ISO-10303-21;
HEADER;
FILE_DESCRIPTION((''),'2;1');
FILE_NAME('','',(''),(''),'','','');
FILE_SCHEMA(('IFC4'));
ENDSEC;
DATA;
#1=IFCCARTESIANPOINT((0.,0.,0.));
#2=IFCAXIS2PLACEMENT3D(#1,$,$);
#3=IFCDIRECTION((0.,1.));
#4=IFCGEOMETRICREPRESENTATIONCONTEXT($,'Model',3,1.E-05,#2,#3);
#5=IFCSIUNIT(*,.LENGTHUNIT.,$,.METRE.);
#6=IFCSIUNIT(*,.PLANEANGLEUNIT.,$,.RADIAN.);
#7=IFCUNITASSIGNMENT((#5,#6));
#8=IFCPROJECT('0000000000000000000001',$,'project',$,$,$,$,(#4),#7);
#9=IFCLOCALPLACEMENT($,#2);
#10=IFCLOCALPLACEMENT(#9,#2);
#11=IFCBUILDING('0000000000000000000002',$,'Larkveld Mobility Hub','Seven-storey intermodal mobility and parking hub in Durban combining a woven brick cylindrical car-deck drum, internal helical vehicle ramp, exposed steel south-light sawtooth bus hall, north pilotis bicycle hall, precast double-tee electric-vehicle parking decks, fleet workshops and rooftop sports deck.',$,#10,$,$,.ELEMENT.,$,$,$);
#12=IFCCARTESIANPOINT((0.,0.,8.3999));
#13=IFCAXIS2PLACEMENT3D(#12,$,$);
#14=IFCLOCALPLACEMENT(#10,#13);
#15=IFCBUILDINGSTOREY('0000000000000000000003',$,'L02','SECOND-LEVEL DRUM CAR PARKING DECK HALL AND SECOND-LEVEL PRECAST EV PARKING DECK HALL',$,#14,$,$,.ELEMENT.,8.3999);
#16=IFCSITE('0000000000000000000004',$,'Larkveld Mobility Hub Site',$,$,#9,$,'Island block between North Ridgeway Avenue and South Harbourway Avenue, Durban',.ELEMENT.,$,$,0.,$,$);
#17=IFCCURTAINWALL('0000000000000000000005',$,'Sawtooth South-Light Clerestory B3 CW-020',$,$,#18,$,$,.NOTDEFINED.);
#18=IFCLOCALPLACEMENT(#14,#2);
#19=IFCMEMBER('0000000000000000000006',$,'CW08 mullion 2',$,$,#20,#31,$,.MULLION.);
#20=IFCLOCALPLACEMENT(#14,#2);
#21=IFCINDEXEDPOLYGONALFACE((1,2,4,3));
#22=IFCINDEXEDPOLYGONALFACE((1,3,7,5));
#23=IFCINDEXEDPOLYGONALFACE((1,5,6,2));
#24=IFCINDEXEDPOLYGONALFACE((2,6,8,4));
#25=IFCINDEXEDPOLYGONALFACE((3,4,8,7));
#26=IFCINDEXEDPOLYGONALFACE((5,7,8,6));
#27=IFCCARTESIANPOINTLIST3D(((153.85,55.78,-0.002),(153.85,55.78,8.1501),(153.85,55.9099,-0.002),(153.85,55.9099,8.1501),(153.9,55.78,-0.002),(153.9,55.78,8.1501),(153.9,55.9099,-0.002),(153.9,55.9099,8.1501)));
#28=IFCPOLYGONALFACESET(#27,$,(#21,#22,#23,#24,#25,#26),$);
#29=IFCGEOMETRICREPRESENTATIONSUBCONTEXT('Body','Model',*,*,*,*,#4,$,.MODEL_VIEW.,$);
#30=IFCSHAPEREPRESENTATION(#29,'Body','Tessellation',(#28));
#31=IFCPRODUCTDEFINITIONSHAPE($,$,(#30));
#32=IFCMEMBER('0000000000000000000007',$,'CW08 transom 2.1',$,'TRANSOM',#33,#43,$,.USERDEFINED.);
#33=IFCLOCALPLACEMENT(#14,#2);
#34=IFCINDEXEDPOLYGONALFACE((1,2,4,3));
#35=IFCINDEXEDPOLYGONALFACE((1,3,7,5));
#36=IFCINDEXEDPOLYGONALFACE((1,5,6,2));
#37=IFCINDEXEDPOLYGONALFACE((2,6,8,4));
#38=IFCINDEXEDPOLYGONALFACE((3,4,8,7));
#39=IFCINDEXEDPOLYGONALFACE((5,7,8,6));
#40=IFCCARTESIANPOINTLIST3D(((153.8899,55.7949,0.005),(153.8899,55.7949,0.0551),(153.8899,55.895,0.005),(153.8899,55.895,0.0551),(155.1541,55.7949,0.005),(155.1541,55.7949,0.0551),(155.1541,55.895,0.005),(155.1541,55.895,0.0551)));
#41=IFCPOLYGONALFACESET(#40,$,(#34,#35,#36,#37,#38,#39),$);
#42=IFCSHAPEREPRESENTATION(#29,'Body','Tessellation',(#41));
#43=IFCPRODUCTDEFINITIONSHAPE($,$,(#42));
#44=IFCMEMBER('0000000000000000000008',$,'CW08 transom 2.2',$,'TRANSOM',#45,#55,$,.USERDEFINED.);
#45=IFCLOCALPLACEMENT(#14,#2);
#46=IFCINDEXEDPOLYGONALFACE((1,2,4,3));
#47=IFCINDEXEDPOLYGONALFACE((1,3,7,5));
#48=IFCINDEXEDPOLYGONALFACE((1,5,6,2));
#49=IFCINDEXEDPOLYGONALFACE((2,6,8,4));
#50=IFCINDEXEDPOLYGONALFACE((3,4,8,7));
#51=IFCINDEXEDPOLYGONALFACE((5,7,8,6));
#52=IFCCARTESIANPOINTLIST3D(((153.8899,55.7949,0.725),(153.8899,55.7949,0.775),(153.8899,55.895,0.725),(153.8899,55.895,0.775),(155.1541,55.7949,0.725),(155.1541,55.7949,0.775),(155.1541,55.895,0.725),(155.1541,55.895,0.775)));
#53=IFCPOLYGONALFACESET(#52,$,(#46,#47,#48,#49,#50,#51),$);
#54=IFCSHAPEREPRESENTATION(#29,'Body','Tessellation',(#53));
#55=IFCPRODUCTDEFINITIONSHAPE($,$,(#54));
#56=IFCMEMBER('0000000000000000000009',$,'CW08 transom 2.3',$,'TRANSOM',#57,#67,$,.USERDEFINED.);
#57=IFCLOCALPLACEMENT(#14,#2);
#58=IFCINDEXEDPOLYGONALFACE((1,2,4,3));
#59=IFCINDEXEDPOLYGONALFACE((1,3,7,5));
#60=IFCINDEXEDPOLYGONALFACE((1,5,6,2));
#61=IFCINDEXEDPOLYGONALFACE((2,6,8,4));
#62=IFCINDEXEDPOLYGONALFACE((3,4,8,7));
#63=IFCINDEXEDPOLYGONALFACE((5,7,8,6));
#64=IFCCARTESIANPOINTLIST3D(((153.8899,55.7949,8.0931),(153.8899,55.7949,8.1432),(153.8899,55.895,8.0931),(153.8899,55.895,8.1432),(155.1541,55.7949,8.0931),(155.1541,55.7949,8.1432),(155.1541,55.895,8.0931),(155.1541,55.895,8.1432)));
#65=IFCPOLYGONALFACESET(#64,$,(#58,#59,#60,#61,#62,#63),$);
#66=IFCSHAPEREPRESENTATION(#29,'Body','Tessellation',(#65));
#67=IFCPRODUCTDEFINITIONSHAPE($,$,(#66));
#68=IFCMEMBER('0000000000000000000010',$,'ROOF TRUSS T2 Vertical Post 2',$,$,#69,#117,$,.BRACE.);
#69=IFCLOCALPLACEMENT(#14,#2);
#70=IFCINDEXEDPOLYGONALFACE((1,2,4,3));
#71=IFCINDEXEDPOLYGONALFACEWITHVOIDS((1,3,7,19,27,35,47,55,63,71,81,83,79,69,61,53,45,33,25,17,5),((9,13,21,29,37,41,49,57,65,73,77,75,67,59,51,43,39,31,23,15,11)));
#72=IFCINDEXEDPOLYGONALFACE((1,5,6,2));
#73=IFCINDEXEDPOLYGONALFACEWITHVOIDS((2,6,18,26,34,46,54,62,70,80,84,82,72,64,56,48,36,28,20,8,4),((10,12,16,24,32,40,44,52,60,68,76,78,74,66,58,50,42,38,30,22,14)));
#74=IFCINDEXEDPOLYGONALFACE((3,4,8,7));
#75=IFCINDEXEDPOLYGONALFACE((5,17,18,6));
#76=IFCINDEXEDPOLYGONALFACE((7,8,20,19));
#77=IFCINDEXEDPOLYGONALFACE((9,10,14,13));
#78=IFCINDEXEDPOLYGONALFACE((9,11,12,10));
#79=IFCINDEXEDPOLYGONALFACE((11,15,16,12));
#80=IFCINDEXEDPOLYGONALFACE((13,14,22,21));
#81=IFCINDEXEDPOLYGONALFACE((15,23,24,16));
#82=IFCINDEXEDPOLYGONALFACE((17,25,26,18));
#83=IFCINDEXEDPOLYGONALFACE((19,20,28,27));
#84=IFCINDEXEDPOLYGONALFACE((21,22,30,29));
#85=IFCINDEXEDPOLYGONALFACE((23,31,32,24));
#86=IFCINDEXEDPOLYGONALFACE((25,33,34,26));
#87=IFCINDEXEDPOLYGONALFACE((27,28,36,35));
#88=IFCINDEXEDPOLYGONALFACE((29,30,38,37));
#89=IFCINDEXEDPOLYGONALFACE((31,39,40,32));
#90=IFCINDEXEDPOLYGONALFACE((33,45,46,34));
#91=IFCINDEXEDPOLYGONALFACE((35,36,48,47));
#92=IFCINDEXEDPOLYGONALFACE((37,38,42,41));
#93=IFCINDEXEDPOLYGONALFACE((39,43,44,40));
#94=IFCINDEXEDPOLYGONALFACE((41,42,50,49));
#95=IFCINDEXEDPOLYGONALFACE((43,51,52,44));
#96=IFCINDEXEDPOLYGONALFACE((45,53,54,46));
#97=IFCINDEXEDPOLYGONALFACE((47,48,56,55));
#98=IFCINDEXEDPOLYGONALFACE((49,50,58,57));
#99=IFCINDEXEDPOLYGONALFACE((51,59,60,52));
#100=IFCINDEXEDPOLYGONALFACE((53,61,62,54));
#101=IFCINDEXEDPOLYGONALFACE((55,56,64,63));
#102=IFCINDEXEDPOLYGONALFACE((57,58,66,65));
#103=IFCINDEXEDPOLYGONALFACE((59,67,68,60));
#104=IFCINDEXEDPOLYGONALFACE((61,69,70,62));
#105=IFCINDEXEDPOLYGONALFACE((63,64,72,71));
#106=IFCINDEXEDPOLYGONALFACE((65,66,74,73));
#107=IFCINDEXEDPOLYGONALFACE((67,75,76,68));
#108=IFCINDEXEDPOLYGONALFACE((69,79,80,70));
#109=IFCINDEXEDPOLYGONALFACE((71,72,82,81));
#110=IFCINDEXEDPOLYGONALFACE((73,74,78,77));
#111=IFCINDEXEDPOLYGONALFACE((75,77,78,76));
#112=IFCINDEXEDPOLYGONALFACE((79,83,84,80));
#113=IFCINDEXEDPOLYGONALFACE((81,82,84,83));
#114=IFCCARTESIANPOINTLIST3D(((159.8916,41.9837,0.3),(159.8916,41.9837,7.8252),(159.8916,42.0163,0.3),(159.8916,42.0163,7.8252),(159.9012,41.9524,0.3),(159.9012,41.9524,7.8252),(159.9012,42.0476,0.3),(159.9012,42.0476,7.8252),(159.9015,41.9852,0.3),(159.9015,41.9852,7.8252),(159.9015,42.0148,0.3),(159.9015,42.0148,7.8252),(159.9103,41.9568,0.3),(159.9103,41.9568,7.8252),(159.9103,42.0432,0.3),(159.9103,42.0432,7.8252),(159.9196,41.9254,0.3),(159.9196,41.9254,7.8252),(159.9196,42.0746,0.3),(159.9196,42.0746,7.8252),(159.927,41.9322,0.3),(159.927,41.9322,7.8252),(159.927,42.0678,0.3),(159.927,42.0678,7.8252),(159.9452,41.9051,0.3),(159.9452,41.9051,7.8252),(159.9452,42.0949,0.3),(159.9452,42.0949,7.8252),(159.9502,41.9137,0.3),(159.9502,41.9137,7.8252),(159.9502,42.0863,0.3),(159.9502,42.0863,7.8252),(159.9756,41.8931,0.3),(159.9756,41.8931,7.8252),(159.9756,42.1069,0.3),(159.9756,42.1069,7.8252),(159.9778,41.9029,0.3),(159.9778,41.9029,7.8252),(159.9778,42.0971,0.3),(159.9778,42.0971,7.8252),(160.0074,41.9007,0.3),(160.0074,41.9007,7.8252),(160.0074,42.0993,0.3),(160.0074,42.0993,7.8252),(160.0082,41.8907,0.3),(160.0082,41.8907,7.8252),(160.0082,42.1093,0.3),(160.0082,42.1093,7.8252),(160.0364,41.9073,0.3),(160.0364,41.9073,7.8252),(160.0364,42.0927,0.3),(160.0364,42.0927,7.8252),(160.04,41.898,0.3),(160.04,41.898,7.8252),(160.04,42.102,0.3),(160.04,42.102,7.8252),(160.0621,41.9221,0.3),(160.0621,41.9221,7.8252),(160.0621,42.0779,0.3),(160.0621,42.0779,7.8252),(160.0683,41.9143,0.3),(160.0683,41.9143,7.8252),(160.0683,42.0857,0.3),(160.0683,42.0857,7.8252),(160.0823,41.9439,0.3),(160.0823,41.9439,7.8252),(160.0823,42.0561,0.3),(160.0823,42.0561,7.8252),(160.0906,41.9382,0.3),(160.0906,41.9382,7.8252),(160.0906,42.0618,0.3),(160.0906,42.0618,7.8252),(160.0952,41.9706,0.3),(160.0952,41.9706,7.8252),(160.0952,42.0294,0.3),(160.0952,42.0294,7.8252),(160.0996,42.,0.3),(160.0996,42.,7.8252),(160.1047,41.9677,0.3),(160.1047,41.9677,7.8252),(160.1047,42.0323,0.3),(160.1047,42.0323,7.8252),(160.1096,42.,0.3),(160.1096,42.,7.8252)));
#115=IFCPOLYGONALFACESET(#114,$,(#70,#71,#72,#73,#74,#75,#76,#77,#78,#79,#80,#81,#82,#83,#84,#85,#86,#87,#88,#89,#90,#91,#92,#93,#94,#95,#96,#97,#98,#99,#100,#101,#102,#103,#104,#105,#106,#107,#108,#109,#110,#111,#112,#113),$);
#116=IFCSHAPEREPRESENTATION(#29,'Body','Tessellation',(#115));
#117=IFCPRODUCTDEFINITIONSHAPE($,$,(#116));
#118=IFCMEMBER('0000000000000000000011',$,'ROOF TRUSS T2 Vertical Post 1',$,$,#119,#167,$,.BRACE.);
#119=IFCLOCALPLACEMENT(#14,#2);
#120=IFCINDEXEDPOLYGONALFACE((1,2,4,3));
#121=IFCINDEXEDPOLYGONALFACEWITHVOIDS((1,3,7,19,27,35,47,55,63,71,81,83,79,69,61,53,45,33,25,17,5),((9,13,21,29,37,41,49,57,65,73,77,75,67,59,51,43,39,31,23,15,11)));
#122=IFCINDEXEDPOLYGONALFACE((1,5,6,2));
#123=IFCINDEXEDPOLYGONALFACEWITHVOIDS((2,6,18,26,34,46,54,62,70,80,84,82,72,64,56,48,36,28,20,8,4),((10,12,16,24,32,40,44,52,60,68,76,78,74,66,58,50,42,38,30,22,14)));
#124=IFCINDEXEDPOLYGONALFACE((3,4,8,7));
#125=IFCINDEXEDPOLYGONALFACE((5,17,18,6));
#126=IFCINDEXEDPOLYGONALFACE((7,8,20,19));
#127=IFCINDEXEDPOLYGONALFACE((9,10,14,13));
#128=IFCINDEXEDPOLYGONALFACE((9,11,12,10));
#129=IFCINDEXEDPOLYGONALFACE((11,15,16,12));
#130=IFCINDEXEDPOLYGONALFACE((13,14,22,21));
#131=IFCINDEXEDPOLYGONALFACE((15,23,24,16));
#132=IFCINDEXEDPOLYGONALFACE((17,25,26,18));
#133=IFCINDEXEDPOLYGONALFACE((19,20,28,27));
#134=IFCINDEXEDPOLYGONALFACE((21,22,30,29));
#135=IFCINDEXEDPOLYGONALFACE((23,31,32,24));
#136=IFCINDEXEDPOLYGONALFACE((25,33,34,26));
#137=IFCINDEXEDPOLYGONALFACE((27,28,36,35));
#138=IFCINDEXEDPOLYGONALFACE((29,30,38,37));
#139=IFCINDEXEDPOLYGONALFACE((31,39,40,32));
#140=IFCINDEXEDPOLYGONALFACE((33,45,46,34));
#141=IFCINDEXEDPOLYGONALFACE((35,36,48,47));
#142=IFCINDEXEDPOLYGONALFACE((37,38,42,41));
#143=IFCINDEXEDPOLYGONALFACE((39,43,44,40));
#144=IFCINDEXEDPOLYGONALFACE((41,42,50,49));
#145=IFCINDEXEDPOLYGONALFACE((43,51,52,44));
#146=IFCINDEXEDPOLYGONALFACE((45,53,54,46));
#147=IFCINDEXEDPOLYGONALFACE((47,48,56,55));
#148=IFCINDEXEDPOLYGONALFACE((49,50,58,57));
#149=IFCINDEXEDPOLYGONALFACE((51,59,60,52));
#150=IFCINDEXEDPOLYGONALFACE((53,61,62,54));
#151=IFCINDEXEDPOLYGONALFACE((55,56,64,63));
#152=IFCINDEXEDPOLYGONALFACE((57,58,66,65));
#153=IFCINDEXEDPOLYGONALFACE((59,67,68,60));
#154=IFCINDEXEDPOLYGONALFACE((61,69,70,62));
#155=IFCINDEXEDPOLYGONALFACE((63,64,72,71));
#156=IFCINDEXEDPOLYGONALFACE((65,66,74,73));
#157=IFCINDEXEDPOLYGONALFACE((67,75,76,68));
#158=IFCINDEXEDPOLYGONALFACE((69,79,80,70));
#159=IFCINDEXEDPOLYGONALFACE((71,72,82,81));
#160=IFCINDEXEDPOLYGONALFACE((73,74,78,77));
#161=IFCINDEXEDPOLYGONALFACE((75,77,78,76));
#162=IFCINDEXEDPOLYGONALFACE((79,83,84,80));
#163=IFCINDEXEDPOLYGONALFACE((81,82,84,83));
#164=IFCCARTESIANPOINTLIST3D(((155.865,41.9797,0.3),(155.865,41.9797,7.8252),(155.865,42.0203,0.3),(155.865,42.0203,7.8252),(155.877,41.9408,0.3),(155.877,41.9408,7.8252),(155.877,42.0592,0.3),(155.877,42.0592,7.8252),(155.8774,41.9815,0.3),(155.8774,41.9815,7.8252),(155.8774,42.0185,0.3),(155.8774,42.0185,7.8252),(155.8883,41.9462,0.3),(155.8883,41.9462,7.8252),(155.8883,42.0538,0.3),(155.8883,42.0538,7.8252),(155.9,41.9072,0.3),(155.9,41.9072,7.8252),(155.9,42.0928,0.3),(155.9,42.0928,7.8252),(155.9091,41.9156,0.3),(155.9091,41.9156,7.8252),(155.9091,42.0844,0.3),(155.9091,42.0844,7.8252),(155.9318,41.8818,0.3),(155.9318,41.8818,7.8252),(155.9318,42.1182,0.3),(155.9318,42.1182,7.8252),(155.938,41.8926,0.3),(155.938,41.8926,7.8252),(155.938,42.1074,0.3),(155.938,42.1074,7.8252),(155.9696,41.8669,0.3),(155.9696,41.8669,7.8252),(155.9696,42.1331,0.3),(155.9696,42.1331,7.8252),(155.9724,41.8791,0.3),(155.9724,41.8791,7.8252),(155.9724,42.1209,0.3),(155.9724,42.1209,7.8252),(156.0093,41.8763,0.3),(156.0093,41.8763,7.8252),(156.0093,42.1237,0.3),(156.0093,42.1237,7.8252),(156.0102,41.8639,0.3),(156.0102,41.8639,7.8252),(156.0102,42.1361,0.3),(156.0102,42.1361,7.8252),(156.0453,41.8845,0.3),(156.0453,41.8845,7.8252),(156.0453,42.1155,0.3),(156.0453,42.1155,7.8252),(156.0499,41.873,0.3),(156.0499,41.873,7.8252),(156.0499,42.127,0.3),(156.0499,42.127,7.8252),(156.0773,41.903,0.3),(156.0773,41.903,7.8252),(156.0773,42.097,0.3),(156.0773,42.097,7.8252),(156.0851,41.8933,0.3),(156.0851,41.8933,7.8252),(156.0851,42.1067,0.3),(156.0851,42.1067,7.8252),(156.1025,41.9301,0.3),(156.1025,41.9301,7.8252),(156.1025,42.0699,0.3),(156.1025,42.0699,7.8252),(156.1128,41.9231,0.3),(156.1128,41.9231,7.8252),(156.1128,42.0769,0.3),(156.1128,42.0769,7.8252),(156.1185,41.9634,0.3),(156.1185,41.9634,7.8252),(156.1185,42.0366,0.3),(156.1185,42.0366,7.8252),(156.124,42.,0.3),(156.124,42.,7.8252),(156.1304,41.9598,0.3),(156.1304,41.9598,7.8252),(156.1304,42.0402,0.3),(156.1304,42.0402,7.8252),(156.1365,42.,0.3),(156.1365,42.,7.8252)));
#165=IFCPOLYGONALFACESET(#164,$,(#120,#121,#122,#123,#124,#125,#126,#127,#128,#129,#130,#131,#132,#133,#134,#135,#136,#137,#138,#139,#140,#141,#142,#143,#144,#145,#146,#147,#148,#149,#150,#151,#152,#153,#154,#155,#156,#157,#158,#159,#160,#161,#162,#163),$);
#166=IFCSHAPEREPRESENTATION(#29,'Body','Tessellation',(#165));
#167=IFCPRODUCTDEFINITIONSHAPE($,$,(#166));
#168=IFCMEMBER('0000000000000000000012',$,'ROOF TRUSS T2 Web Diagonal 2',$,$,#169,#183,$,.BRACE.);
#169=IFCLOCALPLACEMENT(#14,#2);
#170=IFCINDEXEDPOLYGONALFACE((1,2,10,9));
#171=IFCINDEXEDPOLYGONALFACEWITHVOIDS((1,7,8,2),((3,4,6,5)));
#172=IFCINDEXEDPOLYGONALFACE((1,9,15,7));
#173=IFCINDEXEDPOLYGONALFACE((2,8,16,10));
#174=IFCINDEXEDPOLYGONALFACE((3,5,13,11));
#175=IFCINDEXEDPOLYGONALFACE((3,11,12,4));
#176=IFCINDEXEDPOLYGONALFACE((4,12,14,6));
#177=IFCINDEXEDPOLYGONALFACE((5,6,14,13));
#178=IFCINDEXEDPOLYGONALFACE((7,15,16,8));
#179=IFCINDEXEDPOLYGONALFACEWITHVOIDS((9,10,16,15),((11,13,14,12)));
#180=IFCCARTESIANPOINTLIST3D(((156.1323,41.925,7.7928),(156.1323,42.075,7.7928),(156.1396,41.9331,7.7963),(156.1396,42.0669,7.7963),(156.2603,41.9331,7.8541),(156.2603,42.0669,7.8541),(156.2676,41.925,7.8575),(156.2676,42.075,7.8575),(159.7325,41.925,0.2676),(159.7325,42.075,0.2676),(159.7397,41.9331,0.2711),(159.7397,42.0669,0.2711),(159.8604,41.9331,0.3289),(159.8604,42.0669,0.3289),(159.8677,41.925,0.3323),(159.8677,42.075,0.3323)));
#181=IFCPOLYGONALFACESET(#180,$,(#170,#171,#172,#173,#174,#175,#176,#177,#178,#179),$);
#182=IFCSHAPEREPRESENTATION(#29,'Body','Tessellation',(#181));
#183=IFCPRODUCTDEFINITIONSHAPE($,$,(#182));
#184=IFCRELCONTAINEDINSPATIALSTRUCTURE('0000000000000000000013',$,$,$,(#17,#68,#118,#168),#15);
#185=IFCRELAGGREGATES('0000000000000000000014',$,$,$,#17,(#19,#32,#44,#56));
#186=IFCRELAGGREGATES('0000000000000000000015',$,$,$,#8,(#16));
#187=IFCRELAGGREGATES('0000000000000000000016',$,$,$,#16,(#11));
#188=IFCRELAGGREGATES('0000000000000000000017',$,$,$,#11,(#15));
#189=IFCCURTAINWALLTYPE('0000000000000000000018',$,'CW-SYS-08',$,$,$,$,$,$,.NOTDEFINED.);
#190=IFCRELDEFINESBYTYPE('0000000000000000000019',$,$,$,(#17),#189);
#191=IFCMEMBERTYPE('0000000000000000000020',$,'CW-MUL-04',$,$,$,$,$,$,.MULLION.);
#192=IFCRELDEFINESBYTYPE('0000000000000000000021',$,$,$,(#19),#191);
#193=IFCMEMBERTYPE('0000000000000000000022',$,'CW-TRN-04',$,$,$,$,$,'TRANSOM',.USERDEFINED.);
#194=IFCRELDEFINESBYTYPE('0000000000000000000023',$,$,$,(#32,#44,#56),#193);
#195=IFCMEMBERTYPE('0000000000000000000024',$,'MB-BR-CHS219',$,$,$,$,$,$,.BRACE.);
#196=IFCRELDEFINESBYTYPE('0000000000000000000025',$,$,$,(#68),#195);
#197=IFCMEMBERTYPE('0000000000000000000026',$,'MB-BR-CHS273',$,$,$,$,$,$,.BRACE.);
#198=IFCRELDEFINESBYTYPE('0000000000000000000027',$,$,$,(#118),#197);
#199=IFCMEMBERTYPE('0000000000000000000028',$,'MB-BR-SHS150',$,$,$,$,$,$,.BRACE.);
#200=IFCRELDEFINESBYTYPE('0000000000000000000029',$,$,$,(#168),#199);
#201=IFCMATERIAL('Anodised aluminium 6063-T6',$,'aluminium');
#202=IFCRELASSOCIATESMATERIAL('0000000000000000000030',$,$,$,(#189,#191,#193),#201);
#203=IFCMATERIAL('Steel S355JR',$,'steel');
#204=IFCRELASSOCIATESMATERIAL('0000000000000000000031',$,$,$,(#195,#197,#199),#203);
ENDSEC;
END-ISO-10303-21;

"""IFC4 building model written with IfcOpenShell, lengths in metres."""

from ifc_helpers import new_model, si_unit, direction, frame, origin, origin_2d, place, context, subcontext, project, spatial, rectangle, hollow_rectangle, hollow_circle, extrude, material, material_profile, profile_set, type_object, element, aggregate, save


model = new_model("IFC4")

# Units and contexts
model_context = context("Model", 3, precision=1e-05, world=origin(), true_north=direction((0.0, 1.0)))
body_context = subcontext(model_context, "Body", "Model", "MODEL_VIEW")
ifc_project = project(units=[si_unit("LENGTHUNIT", "METRE"), si_unit("PLANEANGLEUNIT", "RADIAN")], contexts=[model_context])

# Site, building, storey
site_placement = place(None, origin())
site = spatial("IfcSite", under=ifc_project, at=site_placement, Name="Larkveld Mobility Hub Site", LongName="Island block between North Ridgeway Avenue and South Harbourway Avenue, Durban", CompositionType="ELEMENT", RefElevation=0.0)
building_placement = place(site_placement, origin())
building = spatial("IfcBuilding", under=site, at=building_placement, Name="Larkveld Mobility Hub", Description="Seven-storey intermodal mobility and parking hub in Durban combining a woven brick cylindrical car-deck drum, internal helical vehicle ramp, exposed steel south-light sawtooth bus hall, north pilotis bicycle hall, precast double-tee electric-vehicle parking decks, fleet workshops and rooftop sports deck.", CompositionType="ELEMENT")
storey_placement = place(building_placement, frame((0.0, 0.0, 8.3999)))
storey = spatial("IfcBuildingStorey", under=building, at=storey_placement, Name="L02", Description="SECOND-LEVEL DRUM CAR PARKING DECK HALL AND SECOND-LEVEL PRECAST EV PARKING DECK HALL", CompositionType="ELEMENT", Elevation=8.3999)

# Curtain wall, members
ifc_material_1 = material(Name="Anodised aluminium 6063-T6", Category="aluminium")
curtain_wall_type = type_object("IfcCurtainWallType", Name="CW-SYS-08", PredefinedType="NOTDEFINED", material=ifc_material_1)
curtain_wall_placement = place(storey_placement, origin())
curtain_wall = element("IfcCurtainWall", 1, at=curtain_wall_placement, inside=storey, type_object=curtain_wall_type, Name="Sawtooth South-Light Clerestory B3 CW-020", PredefinedType="NOTDEFINED")
ifc_material_profile_1 = material_profile(ifc_material_1, rectangle(XDim=0.05, YDim=0.1299, at=origin_2d()), Name="ALU MULL 50x130")
ifc_profile_set_1 = profile_set([ifc_material_profile_1], Name="Anodised aluminium 6063-T6")
member_type_1 = type_object("IfcMemberType", Name="CW-MUL-04", PredefinedType="MULLION", material=ifc_profile_set_1)
member_1_placement = place(storey_placement, frame((153.875, 55.845, -0.002), z_axis=(0.0, 0.0, 1.0), x_axis=(1.0, 0.0, 0.0)))
member_1 = element("IfcMember", 2, at=member_1_placement, type_object=member_type_1, Name="CW08 mullion 2", PredefinedType="MULLION", context=body_context, shape_type="SweptSolid", body=[
    extrude(rectangle(XDim=0.05, YDim=0.1299, at=origin_2d()), origin(), (0.0, 0.0, 1.0), 8.1521),
])
ifc_material_profile_2 = material_profile(ifc_material_1, rectangle(XDim=0.1001, YDim=0.05, at=origin_2d()), Name="ALU TRAN 50x100")
ifc_profile_set_2 = profile_set([ifc_material_profile_2], Name="Anodised aluminium 6063-T6")
member_type_2 = type_object("IfcMemberType", Name="CW-TRN-04", ElementType="TRANSOM", PredefinedType="USERDEFINED", material=ifc_profile_set_2)
member_2_placement = place(storey_placement, frame((153.8899, 55.845, 0.03), z_axis=(1.0, 0.0, 0.0), x_axis=(0.0, 1.0, 0.0)))
member_2 = element("IfcMember", 3, at=member_2_placement, type_object=member_type_2, Name="CW08 transom 2.1", ObjectType="TRANSOM", PredefinedType="USERDEFINED", context=body_context, shape_type="SweptSolid", body=[
    extrude(rectangle(XDim=0.1001, YDim=0.05, at=origin_2d()), origin(), (0.0, 0.0, 1.0), 1.2642),
])
member_3_placement = place(storey_placement, frame((153.8899, 55.845, 0.75), z_axis=(1.0, 0.0, 0.0), x_axis=(0.0, 1.0, 0.0)))
member_3 = element("IfcMember", 4, at=member_3_placement, type_object=member_type_2, Name="CW08 transom 2.2", ObjectType="TRANSOM", PredefinedType="USERDEFINED", context=body_context, shape_type="SweptSolid", body=[
    extrude(rectangle(XDim=0.1001, YDim=0.05, at=origin_2d()), origin(), (0.0, 0.0, 1.0), 1.2642),
])
member_4_placement = place(storey_placement, frame((153.8899, 55.845, 8.1182), z_axis=(1.0, 0.0, 0.0), x_axis=(0.0, 1.0, 0.0)))
member_4 = element("IfcMember", 5, at=member_4_placement, type_object=member_type_2, Name="CW08 transom 2.3", ObjectType="TRANSOM", PredefinedType="USERDEFINED", context=body_context, shape_type="SweptSolid", body=[
    extrude(rectangle(XDim=0.1001, YDim=0.05, at=origin_2d()), origin(), (0.0, 0.0, 1.0), 1.2642),
])

# Members
ifc_material_2 = material(Name="Steel S355JR", Category="steel")
ifc_material_profile_3 = material_profile(ifc_material_2, hollow_circle(Radius=0.1096, WallThickness=0.01, at=origin_2d()), Name="CHS 219.1x10")
ifc_profile_set_3 = profile_set([ifc_material_profile_3], Name="Steel S355JR")
member_type_3 = type_object("IfcMemberType", Name="MB-BR-CHS219", PredefinedType="BRACE", material=ifc_profile_set_3)
member_5_placement = place(storey_placement, frame((160.0, 42.0, 0.3), z_axis=(0.0, 0.0, 1.0), x_axis=(1.0, 0.0, 0.0)))
element("IfcMember", 6, at=member_5_placement, inside=storey, type_object=member_type_3, Name="ROOF TRUSS T2 Vertical Post 2", PredefinedType="BRACE", context=body_context, shape_type="SweptSolid", body=[
    extrude(hollow_circle(Radius=0.1096, WallThickness=0.01, at=origin_2d()), origin(), (0.0, 0.0, 1.0), 7.5251),
])
ifc_material_profile_4 = material_profile(ifc_material_2, hollow_circle(Radius=0.1365, WallThickness=0.0125, at=origin_2d()), Name="CHS 273x12.5")
ifc_profile_set_4 = profile_set([ifc_material_profile_4], Name="Steel S355JR")
member_type_4 = type_object("IfcMemberType", Name="MB-BR-CHS273", PredefinedType="BRACE", material=ifc_profile_set_4)
member_6_placement = place(storey_placement, frame((156.0, 42.0, 0.3), z_axis=(0.0, 0.0, 1.0), x_axis=(1.0, 0.0, 0.0)))
element("IfcMember", 7, at=member_6_placement, inside=storey, type_object=member_type_4, Name="ROOF TRUSS T2 Vertical Post 1", PredefinedType="BRACE", context=body_context, shape_type="SweptSolid", body=[
    extrude(hollow_circle(Radius=0.1365, WallThickness=0.0125, at=origin_2d()), origin(), (0.0, 0.0, 1.0), 7.5251),
])
ifc_material_profile_5 = material_profile(ifc_material_2, hollow_rectangle(XDim=0.1499, YDim=0.1499, WallThickness=0.0081, at=origin_2d()), Name="SHS 150x150x8")
ifc_profile_set_5 = profile_set([ifc_material_profile_5], Name="Steel S355JR")
member_type_5 = type_object("IfcMemberType", Name="MB-BR-SHS150", PredefinedType="BRACE", material=ifc_profile_set_5)
member_7_placement = place(storey_placement, frame((156.2, 42.0, 7.8252), z_axis=(0.431564, 0.0, -0.902082), x_axis=(0.0, 1.0, 0.0)))
element("IfcMember", 8, at=member_7_placement, inside=storey, type_object=member_type_5, Name="ROOF TRUSS T2 Web Diagonal 2", PredefinedType="BRACE", context=body_context, shape_type="SweptSolid", body=[
    extrude(hollow_rectangle(XDim=0.1499, YDim=0.1499, WallThickness=0.0081, at=origin_2d()), origin(), (0.0, 0.0, 1.0), 8.342),
])

aggregate(curtain_wall, [member_1, member_2, member_3, member_4])

save(model, "model.ifc")
